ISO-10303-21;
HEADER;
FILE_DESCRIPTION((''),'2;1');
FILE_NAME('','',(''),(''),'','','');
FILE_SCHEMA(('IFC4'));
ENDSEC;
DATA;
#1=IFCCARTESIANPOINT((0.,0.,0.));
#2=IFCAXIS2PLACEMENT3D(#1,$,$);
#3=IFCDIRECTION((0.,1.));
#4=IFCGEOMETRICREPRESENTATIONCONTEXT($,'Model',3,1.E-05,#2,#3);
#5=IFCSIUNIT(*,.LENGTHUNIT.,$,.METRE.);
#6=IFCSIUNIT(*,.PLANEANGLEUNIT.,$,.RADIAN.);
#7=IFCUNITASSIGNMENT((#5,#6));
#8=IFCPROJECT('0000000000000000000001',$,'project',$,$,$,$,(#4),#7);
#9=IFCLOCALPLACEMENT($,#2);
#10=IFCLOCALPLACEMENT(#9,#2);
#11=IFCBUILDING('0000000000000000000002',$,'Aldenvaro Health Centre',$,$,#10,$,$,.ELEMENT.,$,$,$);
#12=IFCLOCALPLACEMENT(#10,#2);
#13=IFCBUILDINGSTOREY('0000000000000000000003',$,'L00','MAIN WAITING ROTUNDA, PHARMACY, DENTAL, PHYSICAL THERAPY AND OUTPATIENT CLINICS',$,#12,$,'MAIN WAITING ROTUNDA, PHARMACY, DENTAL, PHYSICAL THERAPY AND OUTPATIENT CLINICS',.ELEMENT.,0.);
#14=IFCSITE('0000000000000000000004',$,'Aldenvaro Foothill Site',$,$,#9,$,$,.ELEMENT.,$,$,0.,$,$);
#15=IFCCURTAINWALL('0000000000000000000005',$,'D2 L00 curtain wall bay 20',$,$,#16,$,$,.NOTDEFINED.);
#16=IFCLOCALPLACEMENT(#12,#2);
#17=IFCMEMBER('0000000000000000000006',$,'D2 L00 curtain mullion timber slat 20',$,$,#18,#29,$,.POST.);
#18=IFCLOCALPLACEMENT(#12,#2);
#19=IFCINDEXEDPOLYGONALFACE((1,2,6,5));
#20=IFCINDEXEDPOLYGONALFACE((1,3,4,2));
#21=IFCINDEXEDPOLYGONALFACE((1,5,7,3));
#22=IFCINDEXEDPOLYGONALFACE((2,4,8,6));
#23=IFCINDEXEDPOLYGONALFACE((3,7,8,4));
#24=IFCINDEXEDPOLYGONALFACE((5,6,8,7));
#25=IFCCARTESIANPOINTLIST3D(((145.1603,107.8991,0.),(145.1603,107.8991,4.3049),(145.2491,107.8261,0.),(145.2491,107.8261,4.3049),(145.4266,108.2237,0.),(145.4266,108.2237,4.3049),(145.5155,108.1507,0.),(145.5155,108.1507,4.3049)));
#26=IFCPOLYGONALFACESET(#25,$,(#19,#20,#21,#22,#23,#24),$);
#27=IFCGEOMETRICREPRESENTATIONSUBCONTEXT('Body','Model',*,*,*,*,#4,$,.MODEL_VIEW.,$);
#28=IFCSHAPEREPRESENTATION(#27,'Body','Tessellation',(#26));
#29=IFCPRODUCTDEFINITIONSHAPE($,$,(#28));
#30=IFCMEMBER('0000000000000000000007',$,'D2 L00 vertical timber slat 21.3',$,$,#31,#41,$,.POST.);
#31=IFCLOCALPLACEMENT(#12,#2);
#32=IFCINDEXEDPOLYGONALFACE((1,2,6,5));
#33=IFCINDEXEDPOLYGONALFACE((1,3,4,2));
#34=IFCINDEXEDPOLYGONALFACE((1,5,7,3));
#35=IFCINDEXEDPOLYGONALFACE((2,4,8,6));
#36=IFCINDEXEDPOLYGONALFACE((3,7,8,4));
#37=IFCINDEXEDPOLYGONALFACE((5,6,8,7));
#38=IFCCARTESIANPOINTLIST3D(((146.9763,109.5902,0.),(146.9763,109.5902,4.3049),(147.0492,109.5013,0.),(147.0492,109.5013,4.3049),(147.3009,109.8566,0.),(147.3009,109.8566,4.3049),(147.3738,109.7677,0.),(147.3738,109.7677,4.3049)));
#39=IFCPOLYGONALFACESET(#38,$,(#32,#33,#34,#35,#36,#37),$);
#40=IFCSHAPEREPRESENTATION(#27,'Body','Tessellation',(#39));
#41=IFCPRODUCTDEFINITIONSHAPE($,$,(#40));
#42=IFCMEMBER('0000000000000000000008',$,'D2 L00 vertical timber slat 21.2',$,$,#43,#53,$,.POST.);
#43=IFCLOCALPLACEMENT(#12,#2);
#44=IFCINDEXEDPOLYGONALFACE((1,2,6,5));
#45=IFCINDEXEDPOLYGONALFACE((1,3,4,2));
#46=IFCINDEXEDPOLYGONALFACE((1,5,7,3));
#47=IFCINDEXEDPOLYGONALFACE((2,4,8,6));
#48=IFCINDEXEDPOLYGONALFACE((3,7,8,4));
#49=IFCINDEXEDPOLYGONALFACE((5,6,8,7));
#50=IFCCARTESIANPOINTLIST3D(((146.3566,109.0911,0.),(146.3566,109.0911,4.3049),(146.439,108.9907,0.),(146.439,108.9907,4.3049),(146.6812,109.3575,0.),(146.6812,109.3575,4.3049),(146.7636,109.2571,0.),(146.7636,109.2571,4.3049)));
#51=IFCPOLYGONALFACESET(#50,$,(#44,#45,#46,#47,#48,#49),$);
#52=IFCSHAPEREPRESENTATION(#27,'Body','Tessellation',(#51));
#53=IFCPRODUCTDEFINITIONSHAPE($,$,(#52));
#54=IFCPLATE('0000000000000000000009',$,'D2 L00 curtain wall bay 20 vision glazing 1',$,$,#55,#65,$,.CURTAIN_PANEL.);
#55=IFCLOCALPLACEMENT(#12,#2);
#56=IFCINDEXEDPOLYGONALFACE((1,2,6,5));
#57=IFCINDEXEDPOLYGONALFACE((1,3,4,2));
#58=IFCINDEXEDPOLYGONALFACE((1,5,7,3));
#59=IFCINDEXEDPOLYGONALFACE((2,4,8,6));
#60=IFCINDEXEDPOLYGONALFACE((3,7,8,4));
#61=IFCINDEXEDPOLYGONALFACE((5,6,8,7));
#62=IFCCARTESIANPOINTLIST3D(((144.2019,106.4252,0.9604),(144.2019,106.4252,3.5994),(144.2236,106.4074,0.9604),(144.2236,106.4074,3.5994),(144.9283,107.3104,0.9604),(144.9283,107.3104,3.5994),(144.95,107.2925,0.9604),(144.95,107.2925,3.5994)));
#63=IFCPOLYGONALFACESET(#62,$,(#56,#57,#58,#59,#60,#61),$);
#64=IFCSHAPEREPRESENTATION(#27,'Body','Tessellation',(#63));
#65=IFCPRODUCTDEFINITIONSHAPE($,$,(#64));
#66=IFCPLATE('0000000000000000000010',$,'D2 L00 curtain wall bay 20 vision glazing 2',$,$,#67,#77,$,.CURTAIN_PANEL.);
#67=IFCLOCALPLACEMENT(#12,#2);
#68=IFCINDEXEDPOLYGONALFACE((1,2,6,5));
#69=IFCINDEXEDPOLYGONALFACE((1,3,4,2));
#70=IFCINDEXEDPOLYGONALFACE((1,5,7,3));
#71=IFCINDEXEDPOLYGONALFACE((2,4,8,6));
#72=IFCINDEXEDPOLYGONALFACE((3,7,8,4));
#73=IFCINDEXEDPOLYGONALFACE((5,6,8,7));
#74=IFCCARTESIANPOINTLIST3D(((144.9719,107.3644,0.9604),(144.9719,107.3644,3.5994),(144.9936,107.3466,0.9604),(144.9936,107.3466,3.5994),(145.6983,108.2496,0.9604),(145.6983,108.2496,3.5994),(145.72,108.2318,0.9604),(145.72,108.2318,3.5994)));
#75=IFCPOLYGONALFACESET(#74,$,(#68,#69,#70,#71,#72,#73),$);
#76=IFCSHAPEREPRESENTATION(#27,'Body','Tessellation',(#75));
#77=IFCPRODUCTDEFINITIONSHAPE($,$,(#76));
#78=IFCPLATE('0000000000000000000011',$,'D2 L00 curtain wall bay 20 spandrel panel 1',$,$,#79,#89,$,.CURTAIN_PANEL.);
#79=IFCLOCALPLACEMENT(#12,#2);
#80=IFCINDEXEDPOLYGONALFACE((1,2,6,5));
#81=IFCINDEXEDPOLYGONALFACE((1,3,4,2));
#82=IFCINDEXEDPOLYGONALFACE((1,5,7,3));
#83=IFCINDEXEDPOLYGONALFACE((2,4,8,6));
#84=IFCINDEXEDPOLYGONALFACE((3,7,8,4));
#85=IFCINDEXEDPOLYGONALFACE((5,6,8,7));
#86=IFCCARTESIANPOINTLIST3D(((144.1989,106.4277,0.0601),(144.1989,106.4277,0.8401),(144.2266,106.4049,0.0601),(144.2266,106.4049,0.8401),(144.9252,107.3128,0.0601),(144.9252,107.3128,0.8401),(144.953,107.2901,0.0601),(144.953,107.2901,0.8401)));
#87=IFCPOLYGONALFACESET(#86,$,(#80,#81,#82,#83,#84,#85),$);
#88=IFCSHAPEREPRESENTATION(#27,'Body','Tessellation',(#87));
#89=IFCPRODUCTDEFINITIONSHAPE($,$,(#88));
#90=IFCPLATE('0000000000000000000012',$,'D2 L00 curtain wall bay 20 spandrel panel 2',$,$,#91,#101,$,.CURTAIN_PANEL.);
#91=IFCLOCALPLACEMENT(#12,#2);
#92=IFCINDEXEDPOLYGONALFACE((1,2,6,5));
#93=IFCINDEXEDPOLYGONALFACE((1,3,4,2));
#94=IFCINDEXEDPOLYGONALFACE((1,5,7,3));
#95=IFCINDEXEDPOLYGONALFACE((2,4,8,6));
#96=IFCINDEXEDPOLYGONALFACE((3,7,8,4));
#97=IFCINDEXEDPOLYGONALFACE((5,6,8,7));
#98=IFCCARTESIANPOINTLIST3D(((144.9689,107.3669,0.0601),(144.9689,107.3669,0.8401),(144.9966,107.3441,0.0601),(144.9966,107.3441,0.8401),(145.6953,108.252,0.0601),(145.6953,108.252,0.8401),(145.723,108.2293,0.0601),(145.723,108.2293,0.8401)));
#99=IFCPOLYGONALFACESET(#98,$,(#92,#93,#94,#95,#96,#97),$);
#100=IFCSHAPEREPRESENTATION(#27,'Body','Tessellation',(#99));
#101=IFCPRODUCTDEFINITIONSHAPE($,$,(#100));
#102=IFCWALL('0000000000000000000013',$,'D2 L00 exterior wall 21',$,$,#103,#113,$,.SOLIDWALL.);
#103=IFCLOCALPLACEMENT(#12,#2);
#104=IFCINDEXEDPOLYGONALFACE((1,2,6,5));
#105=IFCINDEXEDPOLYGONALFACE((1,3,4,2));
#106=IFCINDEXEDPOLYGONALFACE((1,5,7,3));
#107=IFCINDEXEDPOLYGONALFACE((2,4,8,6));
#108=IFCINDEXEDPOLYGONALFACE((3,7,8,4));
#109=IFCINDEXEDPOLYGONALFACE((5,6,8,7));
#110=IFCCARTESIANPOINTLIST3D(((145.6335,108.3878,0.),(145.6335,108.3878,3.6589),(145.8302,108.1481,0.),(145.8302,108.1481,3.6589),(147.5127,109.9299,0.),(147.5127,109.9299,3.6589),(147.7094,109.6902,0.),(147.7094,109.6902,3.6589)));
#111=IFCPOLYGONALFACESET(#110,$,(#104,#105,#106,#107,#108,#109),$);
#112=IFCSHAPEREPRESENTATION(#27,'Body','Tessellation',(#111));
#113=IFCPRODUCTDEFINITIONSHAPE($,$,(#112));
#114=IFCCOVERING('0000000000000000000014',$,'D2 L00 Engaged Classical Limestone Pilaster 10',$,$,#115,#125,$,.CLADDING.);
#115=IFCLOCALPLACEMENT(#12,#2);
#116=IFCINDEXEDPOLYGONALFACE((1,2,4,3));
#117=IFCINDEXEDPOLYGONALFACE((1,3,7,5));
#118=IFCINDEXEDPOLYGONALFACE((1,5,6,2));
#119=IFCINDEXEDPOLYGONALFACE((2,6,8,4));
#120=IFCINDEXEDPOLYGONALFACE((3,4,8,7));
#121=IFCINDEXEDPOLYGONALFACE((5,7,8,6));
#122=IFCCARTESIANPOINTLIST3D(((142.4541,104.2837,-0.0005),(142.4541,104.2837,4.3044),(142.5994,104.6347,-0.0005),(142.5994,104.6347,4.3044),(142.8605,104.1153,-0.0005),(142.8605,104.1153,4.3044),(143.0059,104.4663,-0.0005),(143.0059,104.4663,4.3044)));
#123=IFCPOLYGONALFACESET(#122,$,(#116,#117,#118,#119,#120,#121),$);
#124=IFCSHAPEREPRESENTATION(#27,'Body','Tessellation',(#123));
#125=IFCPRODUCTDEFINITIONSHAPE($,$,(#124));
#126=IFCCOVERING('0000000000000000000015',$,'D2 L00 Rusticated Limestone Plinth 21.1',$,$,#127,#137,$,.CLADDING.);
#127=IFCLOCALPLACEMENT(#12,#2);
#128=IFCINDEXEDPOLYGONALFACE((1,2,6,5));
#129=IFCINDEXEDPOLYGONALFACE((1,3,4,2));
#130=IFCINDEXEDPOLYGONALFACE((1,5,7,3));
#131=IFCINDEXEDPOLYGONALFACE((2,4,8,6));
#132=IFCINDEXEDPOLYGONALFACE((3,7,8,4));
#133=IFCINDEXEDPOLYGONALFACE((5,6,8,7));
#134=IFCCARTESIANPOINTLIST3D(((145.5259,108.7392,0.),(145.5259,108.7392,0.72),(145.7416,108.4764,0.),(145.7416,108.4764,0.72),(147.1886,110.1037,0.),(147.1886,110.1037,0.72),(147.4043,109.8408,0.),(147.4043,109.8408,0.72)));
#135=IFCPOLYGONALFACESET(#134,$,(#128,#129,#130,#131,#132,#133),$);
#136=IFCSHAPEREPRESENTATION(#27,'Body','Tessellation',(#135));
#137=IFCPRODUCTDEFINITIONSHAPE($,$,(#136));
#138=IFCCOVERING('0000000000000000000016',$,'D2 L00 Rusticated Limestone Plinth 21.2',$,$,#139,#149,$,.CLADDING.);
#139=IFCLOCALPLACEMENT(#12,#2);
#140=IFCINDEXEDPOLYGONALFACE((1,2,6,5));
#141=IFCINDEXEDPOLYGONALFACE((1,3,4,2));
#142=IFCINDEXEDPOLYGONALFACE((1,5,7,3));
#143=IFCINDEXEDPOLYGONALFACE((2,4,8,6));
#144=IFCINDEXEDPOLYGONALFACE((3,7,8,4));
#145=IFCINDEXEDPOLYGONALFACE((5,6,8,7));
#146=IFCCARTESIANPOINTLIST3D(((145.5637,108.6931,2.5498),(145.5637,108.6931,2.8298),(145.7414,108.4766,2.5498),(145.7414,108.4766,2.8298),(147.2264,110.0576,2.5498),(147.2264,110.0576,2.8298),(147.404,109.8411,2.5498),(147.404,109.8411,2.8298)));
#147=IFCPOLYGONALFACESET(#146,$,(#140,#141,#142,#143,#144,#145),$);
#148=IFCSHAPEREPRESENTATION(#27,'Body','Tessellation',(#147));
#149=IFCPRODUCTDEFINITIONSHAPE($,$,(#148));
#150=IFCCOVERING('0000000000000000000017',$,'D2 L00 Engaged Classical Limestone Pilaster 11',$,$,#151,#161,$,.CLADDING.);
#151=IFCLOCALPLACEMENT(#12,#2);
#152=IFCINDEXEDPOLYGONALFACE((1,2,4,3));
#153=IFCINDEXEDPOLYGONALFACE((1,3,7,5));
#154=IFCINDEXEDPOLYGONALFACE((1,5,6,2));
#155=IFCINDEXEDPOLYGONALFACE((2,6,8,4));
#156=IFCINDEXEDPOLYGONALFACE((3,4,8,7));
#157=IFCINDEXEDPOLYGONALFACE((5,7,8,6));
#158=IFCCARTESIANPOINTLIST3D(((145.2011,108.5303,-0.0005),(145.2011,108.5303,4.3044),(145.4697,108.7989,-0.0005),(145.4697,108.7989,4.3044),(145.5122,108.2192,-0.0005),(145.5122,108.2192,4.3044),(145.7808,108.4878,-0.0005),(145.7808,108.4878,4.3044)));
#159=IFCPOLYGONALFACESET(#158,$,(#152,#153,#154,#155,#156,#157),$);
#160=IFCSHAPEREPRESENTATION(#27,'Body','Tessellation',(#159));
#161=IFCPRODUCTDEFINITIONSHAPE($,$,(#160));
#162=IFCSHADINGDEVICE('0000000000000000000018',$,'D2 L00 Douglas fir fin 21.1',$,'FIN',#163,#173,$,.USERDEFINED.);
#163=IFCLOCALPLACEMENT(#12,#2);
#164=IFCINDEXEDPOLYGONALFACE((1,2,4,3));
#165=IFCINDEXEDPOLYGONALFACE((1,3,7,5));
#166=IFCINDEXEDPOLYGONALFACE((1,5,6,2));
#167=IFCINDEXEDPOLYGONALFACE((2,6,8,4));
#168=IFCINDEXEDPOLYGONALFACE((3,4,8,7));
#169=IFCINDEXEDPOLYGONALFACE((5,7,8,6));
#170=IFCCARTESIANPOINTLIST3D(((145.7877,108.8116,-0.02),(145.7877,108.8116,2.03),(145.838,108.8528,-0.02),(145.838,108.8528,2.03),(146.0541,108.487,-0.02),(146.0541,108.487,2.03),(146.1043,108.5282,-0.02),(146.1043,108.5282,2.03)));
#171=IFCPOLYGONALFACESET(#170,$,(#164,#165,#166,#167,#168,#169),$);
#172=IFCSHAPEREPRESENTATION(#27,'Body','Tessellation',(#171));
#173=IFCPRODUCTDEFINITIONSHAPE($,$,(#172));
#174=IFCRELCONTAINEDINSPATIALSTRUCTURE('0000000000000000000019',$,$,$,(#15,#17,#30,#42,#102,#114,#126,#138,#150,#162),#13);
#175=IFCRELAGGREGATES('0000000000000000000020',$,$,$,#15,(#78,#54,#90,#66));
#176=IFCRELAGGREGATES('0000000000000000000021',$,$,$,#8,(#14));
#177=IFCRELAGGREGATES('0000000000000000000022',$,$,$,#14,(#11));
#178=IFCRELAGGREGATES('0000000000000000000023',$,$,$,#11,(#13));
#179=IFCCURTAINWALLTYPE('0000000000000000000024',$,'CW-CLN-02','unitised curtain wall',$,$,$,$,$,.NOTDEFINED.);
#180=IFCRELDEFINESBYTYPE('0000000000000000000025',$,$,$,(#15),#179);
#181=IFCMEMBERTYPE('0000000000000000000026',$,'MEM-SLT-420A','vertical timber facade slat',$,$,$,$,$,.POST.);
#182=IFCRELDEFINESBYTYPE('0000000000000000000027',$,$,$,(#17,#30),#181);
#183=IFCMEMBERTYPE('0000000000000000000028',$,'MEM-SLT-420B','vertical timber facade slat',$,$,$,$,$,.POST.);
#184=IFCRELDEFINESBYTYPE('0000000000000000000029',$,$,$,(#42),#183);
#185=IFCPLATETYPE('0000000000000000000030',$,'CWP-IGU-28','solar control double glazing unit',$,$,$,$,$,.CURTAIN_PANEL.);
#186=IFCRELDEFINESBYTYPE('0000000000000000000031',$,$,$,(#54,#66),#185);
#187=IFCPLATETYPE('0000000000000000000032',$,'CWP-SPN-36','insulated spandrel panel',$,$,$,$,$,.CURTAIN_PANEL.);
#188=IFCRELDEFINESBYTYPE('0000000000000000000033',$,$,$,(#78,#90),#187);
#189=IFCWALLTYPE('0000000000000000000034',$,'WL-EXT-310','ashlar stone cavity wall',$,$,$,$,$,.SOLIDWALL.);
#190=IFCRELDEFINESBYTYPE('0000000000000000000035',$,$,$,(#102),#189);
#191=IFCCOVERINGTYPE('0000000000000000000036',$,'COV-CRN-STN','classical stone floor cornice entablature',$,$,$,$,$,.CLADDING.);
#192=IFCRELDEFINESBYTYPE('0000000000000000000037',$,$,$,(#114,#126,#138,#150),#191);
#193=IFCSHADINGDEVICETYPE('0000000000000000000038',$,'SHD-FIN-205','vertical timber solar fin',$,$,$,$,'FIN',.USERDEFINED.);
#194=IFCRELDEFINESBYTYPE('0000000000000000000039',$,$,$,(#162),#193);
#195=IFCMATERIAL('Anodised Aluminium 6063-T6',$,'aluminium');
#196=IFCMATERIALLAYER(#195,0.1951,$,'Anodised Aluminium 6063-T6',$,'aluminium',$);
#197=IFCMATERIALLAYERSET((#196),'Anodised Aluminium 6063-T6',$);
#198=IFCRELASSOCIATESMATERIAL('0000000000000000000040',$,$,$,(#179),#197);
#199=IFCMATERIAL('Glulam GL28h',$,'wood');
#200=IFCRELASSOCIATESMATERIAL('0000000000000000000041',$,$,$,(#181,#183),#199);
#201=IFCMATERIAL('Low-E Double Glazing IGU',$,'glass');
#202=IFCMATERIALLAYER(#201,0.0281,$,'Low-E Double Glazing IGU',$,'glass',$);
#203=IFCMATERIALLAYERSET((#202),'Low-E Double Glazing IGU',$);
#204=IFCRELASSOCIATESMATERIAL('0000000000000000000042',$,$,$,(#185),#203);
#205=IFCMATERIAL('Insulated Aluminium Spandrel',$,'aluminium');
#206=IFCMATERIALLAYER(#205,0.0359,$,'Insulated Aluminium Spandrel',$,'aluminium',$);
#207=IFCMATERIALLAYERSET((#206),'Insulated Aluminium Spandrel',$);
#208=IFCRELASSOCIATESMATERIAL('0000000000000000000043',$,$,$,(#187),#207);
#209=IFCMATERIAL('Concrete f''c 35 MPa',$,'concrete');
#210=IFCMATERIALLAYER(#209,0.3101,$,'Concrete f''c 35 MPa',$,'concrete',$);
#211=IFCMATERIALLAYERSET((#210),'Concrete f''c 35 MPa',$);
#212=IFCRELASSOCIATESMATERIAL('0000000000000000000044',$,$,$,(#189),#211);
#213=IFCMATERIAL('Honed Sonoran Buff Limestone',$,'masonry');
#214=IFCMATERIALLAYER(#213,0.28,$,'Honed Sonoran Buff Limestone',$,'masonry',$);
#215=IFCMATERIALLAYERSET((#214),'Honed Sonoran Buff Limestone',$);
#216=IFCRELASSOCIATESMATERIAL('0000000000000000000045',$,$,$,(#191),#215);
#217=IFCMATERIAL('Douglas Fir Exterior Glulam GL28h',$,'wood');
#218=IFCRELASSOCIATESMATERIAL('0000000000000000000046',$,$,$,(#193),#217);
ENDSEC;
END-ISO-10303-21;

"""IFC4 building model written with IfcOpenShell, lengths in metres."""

from ifc_helpers import new_model, si_unit, direction, frame, frame_2d, origin, origin_2d, place, context, subcontext, project, spatial, rectangle, extrude, material, layer, layer_set, material_profile, profile_set, type_object, element, aggregate, save


model = new_model("IFC4")

# Units and contexts
model_context = context("Model", 3, precision=1e-05, world=origin(), true_north=direction((0.0, 1.0)))
body_context = subcontext(model_context, "Body", "Model", "MODEL_VIEW")
ifc_project = project(units=[si_unit("LENGTHUNIT", "METRE"), si_unit("PLANEANGLEUNIT", "RADIAN")], contexts=[model_context])

# Site, building, storey
site_placement = place(None, origin())
site = spatial("IfcSite", under=ifc_project, at=site_placement, Name="Aldenvaro Foothill Site", CompositionType="ELEMENT", RefElevation=0.0)
building_placement = place(site_placement, origin())
building = spatial("IfcBuilding", under=site, at=building_placement, Name="Aldenvaro Health Centre", CompositionType="ELEMENT")
storey_placement = place(building_placement, origin())
storey = spatial("IfcBuildingStorey", under=building, at=storey_placement, Name="L00", Description="MAIN WAITING ROTUNDA, PHARMACY, DENTAL, PHYSICAL THERAPY AND OUTPATIENT CLINICS", LongName="MAIN WAITING ROTUNDA, PHARMACY, DENTAL, PHYSICAL THERAPY AND OUTPATIENT CLINICS", CompositionType="ELEMENT", Elevation=0.0)

# Shared definitions
ifc_material_1 = material(Name="Glulam GL28h", Category="wood")

# Curtain wall
ifc_material_2 = material(Name="Anodised Aluminium 6063-T6", Category="aluminium")
ifc_layer_1 = layer(ifc_material_2, 0.1951, Name="Anodised Aluminium 6063-T6", Category="aluminium")
ifc_layer_set_1 = layer_set([ifc_layer_1], Name="Anodised Aluminium 6063-T6")
curtain_wall_type = type_object("IfcCurtainWallType", Name="CW-CLN-02", Description="unitised curtain wall", PredefinedType="NOTDEFINED", material=ifc_layer_set_1)
curtain_wall_placement = place(storey_placement, origin())
curtain_wall = element("IfcCurtainWall", 1, at=curtain_wall_placement, inside=storey, type_object=curtain_wall_type, Name="D2 L00 curtain wall bay 20", PredefinedType="NOTDEFINED")

# Members
ifc_material_profile_1 = material_profile(ifc_material_1, rectangle(XDim=0.115, YDim=0.4199, at=origin_2d()), Name="GL 115x420", Category="wood")
ifc_profile_set_1 = profile_set([ifc_material_profile_1], Name="Glulam GL28h")
member_type_1 = type_object("IfcMemberType", Name="MEM-SLT-420A", Description="vertical timber facade slat", PredefinedType="POST", material=ifc_profile_set_1)
for number, where, z_axis, x_axis, name in (
    (2, (145.3379, 108.0249, 0.0), (0.0, 0.0, 1.0), (-0.773022, 0.63438, 0.0), "D2 L00 curtain mullion timber slat 20"),
    (3, (147.175, 109.679, 0.0), (0.0, 0.0, 1.0), (-0.63438, 0.773022, 0.0), "D2 L00 vertical timber slat 21.3"),
):
    element("IfcMember", number, at=place(storey_placement, frame(where, z_axis=z_axis, x_axis=x_axis)), inside=storey, type_object=member_type_1, Name=name, PredefinedType="POST", context=body_context, shape_type="SweptSolid", body=[
        extrude(rectangle(XDim=0.115, YDim=0.4199, at=origin_2d()), origin(), (0.0, 0.0, 1.0), 4.3049),
    ])
ifc_material_profile_2 = material_profile(ifc_material_1, rectangle(XDim=0.1299, YDim=0.4199, at=origin_2d()), Name="GL 130x420", Category="wood")
ifc_profile_set_2 = profile_set([ifc_material_profile_2], Name="Glulam GL28h")
member_type_2 = type_object("IfcMemberType", Name="MEM-SLT-420B", Description="vertical timber facade slat", PredefinedType="POST", material=ifc_profile_set_2)
member_1_placement = place(storey_placement, frame((146.5601, 109.1741, 0.0), z_axis=(0.0, 0.0, 1.0), x_axis=(-0.63438, 0.773022, 0.0)))
element("IfcMember", 4, at=member_1_placement, inside=storey, type_object=member_type_2, Name="D2 L00 vertical timber slat 21.2", PredefinedType="POST", context=body_context, shape_type="SweptSolid", body=[
    extrude(rectangle(XDim=0.1299, YDim=0.4199, at=origin_2d()), origin(), (0.0, 0.0, 1.0), 4.3049),
])

# Plates
ifc_material_3 = material(Name="Low-E Double Glazing IGU", Category="glass")
ifc_layer_2 = layer(ifc_material_3, 0.0281, Name="Low-E Double Glazing IGU", Category="glass")
ifc_layer_set_2 = layer_set([ifc_layer_2], Name="Low-E Double Glazing IGU")
plate_type_1 = type_object("IfcPlateType", Name="CWP-IGU-28", Description="solar control double glazing unit", PredefinedType="CURTAIN_PANEL", material=ifc_layer_set_2)
plate_1_placement = place(storey_placement, frame((144.5759, 106.8589, 0.9604), z_axis=(0.0, 0.0, 1.0), x_axis=(0.63438, 0.773022, 0.0)))
plate_1 = element("IfcPlate", 5, at=plate_1_placement, type_object=plate_type_1, Name="D2 L00 curtain wall bay 20 vision glazing 1", PredefinedType="CURTAIN_PANEL", context=body_context, shape_type="SweptSolid", body=[
    extrude(rectangle(XDim=1.145, YDim=0.0281, at=origin_2d()), origin(), (0.0, 0.0, 1.0), 2.6389),
])
plate_2_placement = place(storey_placement, frame((145.3459, 107.7981, 0.9604), z_axis=(0.0, 0.0, 1.0), x_axis=(0.63438, 0.773022, 0.0)))
plate_2 = element("IfcPlate", 6, at=plate_2_placement, type_object=plate_type_1, Name="D2 L00 curtain wall bay 20 vision glazing 2", PredefinedType="CURTAIN_PANEL", context=body_context, shape_type="SweptSolid", body=[
    extrude(rectangle(XDim=1.145, YDim=0.0281, at=origin_2d()), origin(), (0.0, 0.0, 1.0), 2.6389),
])
ifc_material_4 = material(Name="Insulated Aluminium Spandrel", Category="aluminium")
ifc_layer_3 = layer(ifc_material_4, 0.0359, Name="Insulated Aluminium Spandrel", Category="aluminium")
ifc_layer_set_3 = layer_set([ifc_layer_3], Name="Insulated Aluminium Spandrel")
plate_type_2 = type_object("IfcPlateType", Name="CWP-SPN-36", Description="insulated spandrel panel", PredefinedType="CURTAIN_PANEL", material=ifc_layer_set_3)
plate_3_placement = place(storey_placement, frame((144.5759, 106.8589, 0.0601), z_axis=(0.0, 0.0, 1.0), x_axis=(0.63438, 0.773022, 0.0)))
plate_3 = element("IfcPlate", 7, at=plate_3_placement, type_object=plate_type_2, Name="D2 L00 curtain wall bay 20 spandrel panel 1", PredefinedType="CURTAIN_PANEL", context=body_context, shape_type="SweptSolid", body=[
    extrude(rectangle(XDim=1.145, YDim=0.0359, at=origin_2d()), origin(), (0.0, 0.0, 1.0), 0.78),
])
plate_4_placement = place(storey_placement, frame((145.3459, 107.7981, 0.0601), z_axis=(0.0, 0.0, 1.0), x_axis=(0.63438, 0.773022, 0.0)))
plate_4 = element("IfcPlate", 8, at=plate_4_placement, type_object=plate_type_2, Name="D2 L00 curtain wall bay 20 spandrel panel 2", PredefinedType="CURTAIN_PANEL", context=body_context, shape_type="SweptSolid", body=[
    extrude(rectangle(XDim=1.145, YDim=0.0359, at=origin_2d()), origin(), (0.0, 0.0, 1.0), 0.78),
])
aggregate(curtain_wall, [plate_3, plate_1, plate_4, plate_2])

# Wall
ifc_material_5 = material(Name="Concrete f'c 35 MPa", Category="concrete")
ifc_layer_4 = layer(ifc_material_5, 0.3101, Name="Concrete f'c 35 MPa", Category="concrete")
ifc_layer_set_4 = layer_set([ifc_layer_4], Name="Concrete f'c 35 MPa")
wall_type = type_object("IfcWallType", Name="WL-EXT-310", Description="ashlar stone cavity wall", PredefinedType="SOLIDWALL", material=ifc_layer_set_4)
wall_placement = place(storey_placement, frame((145.7319, 108.2681, 0.0), z_axis=(0.0, 0.0, 1.0), x_axis=(0.773048, 0.634347, 0.0)))
element("IfcWall", 9, at=wall_placement, inside=storey, type_object=wall_type, Name="D2 L00 exterior wall 21", PredefinedType="SOLIDWALL", context=body_context, shape_type="SweptSolid", body=[
    extrude(rectangle(XDim=2.4309, YDim=0.3101, at=frame_2d((1.2153, 0.0))), origin(), (0.0, 0.0, 1.0), 3.6589),
])

# Coverings
ifc_material_6 = material(Name="Honed Sonoran Buff Limestone", Category="masonry")
ifc_layer_5 = layer(ifc_material_6, 0.28, Name="Honed Sonoran Buff Limestone", Category="masonry")
ifc_layer_set_5 = layer_set([ifc_layer_5], Name="Honed Sonoran Buff Limestone")
covering_type = type_object("IfcCoveringType", Name="COV-CRN-STN", Description="classical stone floor cornice entablature", PredefinedType="CLADDING", material=ifc_layer_set_5)
covering_1_placement = place(storey_placement, frame((142.73, 104.375, -0.0005), z_axis=(0.0, 0.0, 1.0), x_axis=(-0.923886, 0.382668, 0.0)))
element("IfcCovering", 10, at=covering_1_placement, inside=storey, type_object=covering_type, Name="D2 L00 Engaged Classical Limestone Pilaster 10", PredefinedType="CLADDING", context=body_context, shape_type="SweptSolid", body=[
    extrude(rectangle(XDim=0.4399, YDim=0.3799, at=origin_2d()), origin(), (0.0, 0.0, 1.0), 4.3049),
])
covering_2_placement = place(storey_placement, frame((146.4651, 109.29, 0.0), z_axis=(0.0, 0.0, 1.0), x_axis=(0.773022, 0.63438, 0.0)))
element("IfcCovering", 11, at=covering_2_placement, inside=storey, type_object=covering_type, Name="D2 L00 Rusticated Limestone Plinth 21.1", PredefinedType="CLADDING", context=body_context, shape_type="SweptSolid", body=[
    extrude(rectangle(XDim=2.1509, YDim=0.3401, at=origin_2d()), origin(), (0.0, 0.0, 1.0), 0.72),
])
covering_3_placement = place(storey_placement, frame((146.4839, 109.2671, 2.5498), z_axis=(0.0, 0.0, 1.0), x_axis=(0.773022, 0.63438, 0.0)))
element("IfcCovering", 12, at=covering_3_placement, inside=storey, type_object=covering_type, Name="D2 L00 Rusticated Limestone Plinth 21.2", PredefinedType="CLADDING", context=body_context, shape_type="SweptSolid", body=[
    extrude(rectangle(XDim=2.1509, YDim=0.28, at=origin_2d()), origin(), (0.0, 0.0, 1.0), 0.28),
])
covering_4_placement = place(storey_placement, frame((145.491, 108.509, -0.0005), z_axis=(0.0, 0.0, 1.0), x_axis=(-0.707107, 0.707107, 0.0)))
element("IfcCovering", 13, at=covering_4_placement, inside=storey, type_object=covering_type, Name="D2 L00 Engaged Classical Limestone Pilaster 11", PredefinedType="CLADDING", context=body_context, shape_type="SweptSolid", body=[
    extrude(rectangle(XDim=0.4399, YDim=0.3799, at=origin_2d()), origin(), (0.0, 0.0, 1.0), 4.3049),
])

# Shading device
ifc_material_7 = material(Name="Douglas Fir Exterior Glulam GL28h", Category="wood")
shading_device_type_1 = type_object("IfcShadingDeviceType", Name="SHD-FIN-205", Description="vertical timber solar fin", ElementType="FIN", PredefinedType="USERDEFINED", material=ifc_material_7)
shading_device_1_placement = place(storey_placement, frame((145.946, 108.6699, -0.02), z_axis=(0.0, 0.0, 1.0), x_axis=(0.773022, 0.63438, 0.0)))
element("IfcShadingDevice", 14, at=shading_device_1_placement, inside=storey, type_object=shading_device_type_1, Name="D2 L00 Douglas fir fin 21.1", ObjectType="FIN", PredefinedType="USERDEFINED", context=body_context, shape_type="SweptSolid", body=[
    extrude(rectangle(XDim=0.0649, YDim=0.4199, at=origin_2d()), origin(), (0.0, 0.0, 1.0), 2.05),
])

save(model, "model.ifc")
